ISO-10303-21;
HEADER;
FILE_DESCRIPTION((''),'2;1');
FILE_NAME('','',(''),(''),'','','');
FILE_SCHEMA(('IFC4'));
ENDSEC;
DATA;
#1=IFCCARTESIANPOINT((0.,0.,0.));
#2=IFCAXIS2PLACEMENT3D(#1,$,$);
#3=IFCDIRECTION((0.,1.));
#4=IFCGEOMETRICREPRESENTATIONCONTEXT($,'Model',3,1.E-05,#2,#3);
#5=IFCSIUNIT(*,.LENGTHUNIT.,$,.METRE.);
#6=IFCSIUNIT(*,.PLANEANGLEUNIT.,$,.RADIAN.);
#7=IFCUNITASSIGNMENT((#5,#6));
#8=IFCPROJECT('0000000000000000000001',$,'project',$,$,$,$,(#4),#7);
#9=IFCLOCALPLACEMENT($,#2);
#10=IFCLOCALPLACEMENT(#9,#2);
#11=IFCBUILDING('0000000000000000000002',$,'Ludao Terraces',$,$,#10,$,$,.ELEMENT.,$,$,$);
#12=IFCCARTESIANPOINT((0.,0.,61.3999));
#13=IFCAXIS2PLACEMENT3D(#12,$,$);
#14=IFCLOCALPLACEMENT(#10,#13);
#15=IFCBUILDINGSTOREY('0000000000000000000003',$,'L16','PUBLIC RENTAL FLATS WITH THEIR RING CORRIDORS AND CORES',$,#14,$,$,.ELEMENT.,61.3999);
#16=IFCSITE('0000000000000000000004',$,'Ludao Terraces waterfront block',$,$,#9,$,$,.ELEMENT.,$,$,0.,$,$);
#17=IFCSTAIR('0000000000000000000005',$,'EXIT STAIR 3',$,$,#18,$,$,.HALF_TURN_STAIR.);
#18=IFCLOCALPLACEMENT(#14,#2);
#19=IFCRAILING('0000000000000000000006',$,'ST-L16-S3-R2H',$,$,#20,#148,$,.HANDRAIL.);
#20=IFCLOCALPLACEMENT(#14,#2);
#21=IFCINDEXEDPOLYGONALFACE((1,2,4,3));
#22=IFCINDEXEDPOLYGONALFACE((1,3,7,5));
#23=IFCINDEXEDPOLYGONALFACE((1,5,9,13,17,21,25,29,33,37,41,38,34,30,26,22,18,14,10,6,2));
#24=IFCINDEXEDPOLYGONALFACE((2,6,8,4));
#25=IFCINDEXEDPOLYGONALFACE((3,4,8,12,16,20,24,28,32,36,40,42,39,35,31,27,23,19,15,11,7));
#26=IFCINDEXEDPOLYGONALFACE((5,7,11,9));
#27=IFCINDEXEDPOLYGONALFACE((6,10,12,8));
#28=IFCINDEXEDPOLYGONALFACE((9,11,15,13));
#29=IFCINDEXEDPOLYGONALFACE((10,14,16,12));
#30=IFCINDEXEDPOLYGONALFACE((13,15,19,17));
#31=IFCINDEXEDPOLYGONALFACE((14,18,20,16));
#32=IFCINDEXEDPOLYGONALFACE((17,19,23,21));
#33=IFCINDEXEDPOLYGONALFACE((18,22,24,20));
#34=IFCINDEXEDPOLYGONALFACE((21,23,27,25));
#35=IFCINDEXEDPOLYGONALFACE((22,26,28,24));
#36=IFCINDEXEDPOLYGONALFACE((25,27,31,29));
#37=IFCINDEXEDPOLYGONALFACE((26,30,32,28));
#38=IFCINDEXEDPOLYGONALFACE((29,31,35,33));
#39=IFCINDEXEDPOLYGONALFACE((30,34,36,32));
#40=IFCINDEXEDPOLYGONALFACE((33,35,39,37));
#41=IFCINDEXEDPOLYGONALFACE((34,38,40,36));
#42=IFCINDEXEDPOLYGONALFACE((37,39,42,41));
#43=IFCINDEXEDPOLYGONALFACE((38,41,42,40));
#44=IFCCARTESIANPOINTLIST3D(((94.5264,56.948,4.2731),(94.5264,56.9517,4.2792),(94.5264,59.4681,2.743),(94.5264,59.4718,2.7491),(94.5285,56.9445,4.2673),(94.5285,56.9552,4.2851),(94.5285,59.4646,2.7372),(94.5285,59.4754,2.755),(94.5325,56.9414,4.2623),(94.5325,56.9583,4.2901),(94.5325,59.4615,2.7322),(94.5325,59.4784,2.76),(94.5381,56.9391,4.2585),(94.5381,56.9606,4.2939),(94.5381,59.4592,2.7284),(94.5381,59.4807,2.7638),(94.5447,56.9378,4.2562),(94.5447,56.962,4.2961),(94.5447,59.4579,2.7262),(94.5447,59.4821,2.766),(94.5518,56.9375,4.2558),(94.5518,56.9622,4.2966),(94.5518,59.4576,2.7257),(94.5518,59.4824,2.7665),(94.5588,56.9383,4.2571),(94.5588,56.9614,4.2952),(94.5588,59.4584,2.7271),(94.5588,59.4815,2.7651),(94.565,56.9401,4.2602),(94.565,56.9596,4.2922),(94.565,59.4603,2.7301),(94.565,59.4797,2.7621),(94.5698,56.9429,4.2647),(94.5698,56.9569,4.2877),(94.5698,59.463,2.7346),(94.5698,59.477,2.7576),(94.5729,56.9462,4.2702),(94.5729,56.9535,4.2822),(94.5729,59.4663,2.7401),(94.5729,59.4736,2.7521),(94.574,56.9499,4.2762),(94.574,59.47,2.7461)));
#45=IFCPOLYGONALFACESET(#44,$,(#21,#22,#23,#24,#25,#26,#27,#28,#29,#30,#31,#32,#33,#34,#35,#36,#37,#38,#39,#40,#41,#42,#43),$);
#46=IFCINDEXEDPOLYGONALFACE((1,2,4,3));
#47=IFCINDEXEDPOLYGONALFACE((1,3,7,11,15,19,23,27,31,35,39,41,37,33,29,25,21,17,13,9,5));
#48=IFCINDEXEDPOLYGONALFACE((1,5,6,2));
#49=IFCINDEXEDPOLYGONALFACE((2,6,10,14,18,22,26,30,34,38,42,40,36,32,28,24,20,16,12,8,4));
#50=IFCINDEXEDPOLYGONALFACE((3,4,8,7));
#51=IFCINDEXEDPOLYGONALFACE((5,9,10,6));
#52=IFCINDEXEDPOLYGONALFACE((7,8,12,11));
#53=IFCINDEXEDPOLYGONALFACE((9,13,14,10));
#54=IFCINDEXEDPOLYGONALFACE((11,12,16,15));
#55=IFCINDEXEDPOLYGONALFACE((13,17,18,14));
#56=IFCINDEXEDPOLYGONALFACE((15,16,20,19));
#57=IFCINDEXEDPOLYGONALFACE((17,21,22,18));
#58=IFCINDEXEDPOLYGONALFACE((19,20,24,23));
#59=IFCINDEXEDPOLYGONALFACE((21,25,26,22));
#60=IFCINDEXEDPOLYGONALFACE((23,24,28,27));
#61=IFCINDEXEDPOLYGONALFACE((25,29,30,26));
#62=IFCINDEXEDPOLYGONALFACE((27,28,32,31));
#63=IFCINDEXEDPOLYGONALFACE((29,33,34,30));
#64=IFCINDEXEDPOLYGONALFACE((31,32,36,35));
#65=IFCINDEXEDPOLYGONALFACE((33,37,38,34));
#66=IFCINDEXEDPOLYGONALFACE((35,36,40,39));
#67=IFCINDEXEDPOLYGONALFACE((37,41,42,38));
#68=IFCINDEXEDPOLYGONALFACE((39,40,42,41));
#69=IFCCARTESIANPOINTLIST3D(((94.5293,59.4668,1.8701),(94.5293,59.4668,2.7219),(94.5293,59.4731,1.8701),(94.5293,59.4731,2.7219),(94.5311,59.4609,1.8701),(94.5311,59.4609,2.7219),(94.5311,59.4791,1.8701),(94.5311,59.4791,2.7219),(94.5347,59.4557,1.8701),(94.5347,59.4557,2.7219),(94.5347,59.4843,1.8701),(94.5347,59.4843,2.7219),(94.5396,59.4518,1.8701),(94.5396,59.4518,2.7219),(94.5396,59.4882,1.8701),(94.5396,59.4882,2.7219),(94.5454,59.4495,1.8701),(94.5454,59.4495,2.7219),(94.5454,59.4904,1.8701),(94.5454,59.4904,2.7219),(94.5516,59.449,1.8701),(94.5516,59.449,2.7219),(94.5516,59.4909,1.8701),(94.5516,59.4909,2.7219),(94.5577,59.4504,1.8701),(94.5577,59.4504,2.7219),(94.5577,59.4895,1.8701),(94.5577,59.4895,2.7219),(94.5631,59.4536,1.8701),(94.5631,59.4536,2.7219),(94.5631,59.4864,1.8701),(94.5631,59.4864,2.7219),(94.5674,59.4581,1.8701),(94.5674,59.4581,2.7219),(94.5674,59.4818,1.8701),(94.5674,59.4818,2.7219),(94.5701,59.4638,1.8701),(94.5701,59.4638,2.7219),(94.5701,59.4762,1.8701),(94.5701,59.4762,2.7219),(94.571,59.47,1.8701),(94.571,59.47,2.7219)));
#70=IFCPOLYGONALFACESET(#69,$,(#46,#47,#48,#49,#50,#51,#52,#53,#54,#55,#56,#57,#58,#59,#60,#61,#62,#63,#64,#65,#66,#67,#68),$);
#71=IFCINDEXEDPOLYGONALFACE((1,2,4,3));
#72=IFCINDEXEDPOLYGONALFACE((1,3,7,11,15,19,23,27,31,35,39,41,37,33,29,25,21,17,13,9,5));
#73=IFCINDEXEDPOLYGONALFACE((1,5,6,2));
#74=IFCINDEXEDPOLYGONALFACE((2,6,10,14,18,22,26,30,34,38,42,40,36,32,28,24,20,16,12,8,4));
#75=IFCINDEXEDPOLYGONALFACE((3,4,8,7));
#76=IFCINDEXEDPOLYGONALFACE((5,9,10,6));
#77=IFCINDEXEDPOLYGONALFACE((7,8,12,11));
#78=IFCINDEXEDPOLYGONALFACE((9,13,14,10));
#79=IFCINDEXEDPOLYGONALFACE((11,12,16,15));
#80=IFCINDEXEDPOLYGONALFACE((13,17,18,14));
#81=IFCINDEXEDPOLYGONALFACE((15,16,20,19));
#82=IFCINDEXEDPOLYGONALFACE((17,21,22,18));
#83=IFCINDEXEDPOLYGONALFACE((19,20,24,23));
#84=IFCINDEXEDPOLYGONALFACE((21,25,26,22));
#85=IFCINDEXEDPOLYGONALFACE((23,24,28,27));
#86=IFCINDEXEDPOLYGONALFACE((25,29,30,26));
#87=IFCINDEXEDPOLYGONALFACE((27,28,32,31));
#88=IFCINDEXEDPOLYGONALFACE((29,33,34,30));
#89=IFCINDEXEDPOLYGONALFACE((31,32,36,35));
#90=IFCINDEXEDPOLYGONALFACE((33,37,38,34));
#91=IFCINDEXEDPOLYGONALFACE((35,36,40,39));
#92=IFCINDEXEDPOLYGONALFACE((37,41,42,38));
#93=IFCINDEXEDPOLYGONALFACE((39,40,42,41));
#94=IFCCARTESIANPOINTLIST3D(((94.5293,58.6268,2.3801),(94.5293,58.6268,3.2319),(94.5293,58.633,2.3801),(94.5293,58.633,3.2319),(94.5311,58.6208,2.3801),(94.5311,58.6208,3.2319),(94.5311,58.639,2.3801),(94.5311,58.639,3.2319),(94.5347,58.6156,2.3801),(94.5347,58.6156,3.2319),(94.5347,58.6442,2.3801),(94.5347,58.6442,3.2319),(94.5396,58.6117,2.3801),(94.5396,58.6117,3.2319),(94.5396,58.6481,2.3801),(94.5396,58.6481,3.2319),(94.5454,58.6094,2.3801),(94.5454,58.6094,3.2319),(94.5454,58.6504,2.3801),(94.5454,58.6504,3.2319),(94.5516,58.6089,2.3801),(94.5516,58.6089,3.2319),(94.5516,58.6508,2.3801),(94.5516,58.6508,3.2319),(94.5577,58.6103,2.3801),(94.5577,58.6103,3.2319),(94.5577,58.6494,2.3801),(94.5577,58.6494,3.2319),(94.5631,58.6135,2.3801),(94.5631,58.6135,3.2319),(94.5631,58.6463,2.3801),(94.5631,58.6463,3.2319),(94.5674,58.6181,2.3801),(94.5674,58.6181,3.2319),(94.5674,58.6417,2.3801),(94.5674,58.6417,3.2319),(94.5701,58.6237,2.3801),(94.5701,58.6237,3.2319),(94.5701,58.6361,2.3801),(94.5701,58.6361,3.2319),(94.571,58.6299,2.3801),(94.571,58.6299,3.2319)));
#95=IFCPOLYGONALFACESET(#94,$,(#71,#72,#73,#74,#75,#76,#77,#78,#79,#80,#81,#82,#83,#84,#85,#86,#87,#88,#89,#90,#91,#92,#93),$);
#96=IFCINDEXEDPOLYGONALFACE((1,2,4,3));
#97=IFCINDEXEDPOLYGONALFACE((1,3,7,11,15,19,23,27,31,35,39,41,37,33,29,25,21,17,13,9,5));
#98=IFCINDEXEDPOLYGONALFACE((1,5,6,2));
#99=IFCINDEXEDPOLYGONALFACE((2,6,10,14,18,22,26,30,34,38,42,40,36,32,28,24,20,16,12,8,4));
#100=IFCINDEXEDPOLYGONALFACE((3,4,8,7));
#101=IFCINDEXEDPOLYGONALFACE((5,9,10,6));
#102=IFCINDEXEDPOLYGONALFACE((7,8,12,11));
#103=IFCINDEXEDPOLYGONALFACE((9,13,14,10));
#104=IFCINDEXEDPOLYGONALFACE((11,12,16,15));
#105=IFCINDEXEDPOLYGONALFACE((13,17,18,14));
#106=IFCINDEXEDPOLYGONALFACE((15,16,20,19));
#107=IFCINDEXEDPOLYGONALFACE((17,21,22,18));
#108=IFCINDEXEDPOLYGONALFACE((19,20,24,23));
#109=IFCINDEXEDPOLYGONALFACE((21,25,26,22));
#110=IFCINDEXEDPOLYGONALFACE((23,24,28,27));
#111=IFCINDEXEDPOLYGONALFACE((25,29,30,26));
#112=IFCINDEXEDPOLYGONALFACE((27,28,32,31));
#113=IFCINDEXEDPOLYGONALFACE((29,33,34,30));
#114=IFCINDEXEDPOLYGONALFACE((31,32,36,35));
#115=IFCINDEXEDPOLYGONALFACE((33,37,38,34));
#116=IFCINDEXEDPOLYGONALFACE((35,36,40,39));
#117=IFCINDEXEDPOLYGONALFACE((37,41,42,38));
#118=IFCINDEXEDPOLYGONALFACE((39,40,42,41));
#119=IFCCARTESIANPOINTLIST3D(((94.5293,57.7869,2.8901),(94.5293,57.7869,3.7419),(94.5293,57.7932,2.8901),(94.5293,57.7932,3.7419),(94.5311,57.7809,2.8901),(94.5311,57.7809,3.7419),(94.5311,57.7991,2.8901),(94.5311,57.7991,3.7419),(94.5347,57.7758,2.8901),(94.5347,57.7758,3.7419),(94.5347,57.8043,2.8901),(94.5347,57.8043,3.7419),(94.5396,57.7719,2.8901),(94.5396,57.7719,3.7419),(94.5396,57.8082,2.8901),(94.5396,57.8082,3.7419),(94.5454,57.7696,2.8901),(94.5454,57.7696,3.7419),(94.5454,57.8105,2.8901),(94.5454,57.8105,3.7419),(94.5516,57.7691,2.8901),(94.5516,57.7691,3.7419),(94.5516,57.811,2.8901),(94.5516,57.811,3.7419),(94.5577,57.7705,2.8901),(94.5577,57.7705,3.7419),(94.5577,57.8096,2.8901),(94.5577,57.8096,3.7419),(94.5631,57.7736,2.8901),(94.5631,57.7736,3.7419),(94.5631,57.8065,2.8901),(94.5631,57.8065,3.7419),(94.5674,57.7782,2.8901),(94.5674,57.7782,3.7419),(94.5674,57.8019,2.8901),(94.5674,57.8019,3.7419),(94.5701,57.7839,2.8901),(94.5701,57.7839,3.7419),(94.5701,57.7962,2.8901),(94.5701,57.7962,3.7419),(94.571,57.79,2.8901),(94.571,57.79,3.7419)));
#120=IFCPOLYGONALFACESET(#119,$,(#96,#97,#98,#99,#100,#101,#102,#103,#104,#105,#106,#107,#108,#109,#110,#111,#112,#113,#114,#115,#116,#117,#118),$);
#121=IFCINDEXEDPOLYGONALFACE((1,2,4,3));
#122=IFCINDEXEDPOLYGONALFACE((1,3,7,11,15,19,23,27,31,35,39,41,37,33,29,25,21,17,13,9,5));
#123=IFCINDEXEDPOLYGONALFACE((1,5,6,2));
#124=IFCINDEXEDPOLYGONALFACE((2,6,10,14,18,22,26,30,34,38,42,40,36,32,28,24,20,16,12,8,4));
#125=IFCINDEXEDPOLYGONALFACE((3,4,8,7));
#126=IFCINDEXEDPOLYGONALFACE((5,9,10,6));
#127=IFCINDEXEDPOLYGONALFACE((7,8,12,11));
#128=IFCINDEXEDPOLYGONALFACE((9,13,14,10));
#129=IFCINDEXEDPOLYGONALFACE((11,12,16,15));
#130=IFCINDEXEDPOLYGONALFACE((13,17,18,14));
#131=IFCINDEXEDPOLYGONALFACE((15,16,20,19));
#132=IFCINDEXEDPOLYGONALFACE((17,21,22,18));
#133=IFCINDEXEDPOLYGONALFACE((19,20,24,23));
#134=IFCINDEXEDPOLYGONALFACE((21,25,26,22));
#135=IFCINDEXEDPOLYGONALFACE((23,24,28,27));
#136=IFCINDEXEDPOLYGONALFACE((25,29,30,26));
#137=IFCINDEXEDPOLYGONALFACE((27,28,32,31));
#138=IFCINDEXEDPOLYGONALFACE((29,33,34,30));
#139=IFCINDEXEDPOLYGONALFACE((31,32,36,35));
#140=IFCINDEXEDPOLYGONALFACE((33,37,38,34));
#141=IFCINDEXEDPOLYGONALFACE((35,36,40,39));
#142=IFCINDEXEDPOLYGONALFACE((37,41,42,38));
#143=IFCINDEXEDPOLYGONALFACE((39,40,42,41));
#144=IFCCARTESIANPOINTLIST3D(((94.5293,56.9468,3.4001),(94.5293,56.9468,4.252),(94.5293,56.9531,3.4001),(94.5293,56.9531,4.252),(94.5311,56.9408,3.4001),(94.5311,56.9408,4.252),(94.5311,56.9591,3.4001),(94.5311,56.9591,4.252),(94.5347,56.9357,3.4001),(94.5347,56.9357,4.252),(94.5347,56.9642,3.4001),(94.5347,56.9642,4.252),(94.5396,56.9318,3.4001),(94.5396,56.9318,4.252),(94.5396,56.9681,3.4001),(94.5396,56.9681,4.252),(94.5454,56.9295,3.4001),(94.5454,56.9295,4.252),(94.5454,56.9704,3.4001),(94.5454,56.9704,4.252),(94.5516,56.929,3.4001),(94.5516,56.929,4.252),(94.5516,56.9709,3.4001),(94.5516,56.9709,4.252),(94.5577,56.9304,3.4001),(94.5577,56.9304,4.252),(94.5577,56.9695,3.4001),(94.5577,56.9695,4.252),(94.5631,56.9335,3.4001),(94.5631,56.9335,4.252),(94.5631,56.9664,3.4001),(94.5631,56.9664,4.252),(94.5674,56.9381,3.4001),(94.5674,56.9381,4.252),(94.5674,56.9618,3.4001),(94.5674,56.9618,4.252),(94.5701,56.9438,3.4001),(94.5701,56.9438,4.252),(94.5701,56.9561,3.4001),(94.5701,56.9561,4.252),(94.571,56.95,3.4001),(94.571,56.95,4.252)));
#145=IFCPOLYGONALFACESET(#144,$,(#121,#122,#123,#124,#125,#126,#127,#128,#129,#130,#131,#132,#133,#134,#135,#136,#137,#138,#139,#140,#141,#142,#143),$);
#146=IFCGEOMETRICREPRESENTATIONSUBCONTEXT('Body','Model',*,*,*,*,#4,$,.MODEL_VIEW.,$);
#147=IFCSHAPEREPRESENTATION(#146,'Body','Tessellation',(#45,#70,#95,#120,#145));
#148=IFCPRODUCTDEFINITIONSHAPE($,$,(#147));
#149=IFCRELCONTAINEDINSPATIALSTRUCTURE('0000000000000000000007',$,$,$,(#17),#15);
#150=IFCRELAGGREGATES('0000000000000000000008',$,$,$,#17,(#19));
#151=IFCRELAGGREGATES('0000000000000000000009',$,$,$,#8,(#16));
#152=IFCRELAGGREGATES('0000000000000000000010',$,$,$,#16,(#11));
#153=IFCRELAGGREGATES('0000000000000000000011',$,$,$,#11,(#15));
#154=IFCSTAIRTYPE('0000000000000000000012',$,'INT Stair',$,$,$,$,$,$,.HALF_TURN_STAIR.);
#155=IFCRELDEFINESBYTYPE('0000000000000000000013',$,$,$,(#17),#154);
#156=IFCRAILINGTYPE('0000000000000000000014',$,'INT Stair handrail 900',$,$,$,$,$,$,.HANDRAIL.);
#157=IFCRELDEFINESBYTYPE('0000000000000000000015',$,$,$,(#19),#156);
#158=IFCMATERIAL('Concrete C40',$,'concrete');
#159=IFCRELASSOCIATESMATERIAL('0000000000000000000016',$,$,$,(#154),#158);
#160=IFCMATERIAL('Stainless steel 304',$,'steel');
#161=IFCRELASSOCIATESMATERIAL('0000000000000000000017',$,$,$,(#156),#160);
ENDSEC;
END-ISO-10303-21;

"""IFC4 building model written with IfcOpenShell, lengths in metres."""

from ifc_helpers import new_model, si_unit, direction, frame, origin, origin_2d, place, context, subcontext, project, spatial, circle, extrude, material, type_object, element, aggregate, save


model = new_model("IFC4")

# Units and contexts
model_context = context("Model", 3, precision=1e-05, world=origin(), true_north=direction((0.0, 1.0)))
body_context = subcontext(model_context, "Body", "Model", "MODEL_VIEW")
ifc_project = project(units=[si_unit("LENGTHUNIT", "METRE"), si_unit("PLANEANGLEUNIT", "RADIAN")], contexts=[model_context])

# Site, building, storey
site_placement = place(None, origin())
site = spatial("IfcSite", under=ifc_project, at=site_placement, Name="Ludao Terraces waterfront block", CompositionType="ELEMENT", RefElevation=0.0)
building_placement = place(site_placement, origin())
building = spatial("IfcBuilding", under=site, at=building_placement, Name="Ludao Terraces", CompositionType="ELEMENT")
storey_placement = place(building_placement, frame((0.0, 0.0, 61.3999)))
storey = spatial("IfcBuildingStorey", under=building, at=storey_placement, Name="L16", Description="PUBLIC RENTAL FLATS WITH THEIR RING CORRIDORS AND CORES", CompositionType="ELEMENT", Elevation=61.3999)

# Stair, railing
ifc_material_1 = material(Name="Concrete C40", Category="concrete")
stair_type = type_object("IfcStairType", Name="INT Stair", PredefinedType="HALF_TURN_STAIR", material=ifc_material_1)
stair_placement = place(storey_placement, origin())
stair = element("IfcStair", 1, at=stair_placement, inside=storey, type_object=stair_type, Name="EXIT STAIR 3", PredefinedType="HALF_TURN_STAIR")
ifc_material_2 = material(Name="Stainless steel 304", Category="steel")
railing_type_1 = type_object("IfcRailingType", Name="INT Stair handrail 900", PredefinedType="HANDRAIL", material=ifc_material_2)
railing_1_placement = place(storey_placement, frame((94.55, 59.47, 1.8701)))
railing_1 = element("IfcRailing", 2, at=railing_1_placement, type_object=railing_type_1, Name="ST-L16-S3-R2H", PredefinedType="HANDRAIL", context=body_context, shape_type="SweptSolid", body=[
    extrude(circle(Radius=0.0239, at=origin_2d()), frame((0.0, 0.0, 0.876), z_axis=(0.0, -0.854785, 0.518982), x_axis=(1.0, 0.0, 0.0)), (0.0, 0.0, 1.0), 2.9482),
    extrude(circle(Radius=0.021, at=origin_2d()), origin(), (0.0, 0.0, 1.0), 0.8518),
    extrude(circle(Radius=0.021, at=origin_2d()), frame((0.0, -0.8401, 0.51)), (0.0, 0.0, 1.0), 0.8518),
    extrude(circle(Radius=0.021, at=origin_2d()), frame((0.0, -1.6799, 1.02)), (0.0, 0.0, 1.0), 0.8518),
    extrude(circle(Radius=0.021, at=origin_2d()), frame((0.0, -2.52, 1.53)), (0.0, 0.0, 1.0), 0.8518),
])
aggregate(stair, [railing_1])

save(model, "model.ifc")
